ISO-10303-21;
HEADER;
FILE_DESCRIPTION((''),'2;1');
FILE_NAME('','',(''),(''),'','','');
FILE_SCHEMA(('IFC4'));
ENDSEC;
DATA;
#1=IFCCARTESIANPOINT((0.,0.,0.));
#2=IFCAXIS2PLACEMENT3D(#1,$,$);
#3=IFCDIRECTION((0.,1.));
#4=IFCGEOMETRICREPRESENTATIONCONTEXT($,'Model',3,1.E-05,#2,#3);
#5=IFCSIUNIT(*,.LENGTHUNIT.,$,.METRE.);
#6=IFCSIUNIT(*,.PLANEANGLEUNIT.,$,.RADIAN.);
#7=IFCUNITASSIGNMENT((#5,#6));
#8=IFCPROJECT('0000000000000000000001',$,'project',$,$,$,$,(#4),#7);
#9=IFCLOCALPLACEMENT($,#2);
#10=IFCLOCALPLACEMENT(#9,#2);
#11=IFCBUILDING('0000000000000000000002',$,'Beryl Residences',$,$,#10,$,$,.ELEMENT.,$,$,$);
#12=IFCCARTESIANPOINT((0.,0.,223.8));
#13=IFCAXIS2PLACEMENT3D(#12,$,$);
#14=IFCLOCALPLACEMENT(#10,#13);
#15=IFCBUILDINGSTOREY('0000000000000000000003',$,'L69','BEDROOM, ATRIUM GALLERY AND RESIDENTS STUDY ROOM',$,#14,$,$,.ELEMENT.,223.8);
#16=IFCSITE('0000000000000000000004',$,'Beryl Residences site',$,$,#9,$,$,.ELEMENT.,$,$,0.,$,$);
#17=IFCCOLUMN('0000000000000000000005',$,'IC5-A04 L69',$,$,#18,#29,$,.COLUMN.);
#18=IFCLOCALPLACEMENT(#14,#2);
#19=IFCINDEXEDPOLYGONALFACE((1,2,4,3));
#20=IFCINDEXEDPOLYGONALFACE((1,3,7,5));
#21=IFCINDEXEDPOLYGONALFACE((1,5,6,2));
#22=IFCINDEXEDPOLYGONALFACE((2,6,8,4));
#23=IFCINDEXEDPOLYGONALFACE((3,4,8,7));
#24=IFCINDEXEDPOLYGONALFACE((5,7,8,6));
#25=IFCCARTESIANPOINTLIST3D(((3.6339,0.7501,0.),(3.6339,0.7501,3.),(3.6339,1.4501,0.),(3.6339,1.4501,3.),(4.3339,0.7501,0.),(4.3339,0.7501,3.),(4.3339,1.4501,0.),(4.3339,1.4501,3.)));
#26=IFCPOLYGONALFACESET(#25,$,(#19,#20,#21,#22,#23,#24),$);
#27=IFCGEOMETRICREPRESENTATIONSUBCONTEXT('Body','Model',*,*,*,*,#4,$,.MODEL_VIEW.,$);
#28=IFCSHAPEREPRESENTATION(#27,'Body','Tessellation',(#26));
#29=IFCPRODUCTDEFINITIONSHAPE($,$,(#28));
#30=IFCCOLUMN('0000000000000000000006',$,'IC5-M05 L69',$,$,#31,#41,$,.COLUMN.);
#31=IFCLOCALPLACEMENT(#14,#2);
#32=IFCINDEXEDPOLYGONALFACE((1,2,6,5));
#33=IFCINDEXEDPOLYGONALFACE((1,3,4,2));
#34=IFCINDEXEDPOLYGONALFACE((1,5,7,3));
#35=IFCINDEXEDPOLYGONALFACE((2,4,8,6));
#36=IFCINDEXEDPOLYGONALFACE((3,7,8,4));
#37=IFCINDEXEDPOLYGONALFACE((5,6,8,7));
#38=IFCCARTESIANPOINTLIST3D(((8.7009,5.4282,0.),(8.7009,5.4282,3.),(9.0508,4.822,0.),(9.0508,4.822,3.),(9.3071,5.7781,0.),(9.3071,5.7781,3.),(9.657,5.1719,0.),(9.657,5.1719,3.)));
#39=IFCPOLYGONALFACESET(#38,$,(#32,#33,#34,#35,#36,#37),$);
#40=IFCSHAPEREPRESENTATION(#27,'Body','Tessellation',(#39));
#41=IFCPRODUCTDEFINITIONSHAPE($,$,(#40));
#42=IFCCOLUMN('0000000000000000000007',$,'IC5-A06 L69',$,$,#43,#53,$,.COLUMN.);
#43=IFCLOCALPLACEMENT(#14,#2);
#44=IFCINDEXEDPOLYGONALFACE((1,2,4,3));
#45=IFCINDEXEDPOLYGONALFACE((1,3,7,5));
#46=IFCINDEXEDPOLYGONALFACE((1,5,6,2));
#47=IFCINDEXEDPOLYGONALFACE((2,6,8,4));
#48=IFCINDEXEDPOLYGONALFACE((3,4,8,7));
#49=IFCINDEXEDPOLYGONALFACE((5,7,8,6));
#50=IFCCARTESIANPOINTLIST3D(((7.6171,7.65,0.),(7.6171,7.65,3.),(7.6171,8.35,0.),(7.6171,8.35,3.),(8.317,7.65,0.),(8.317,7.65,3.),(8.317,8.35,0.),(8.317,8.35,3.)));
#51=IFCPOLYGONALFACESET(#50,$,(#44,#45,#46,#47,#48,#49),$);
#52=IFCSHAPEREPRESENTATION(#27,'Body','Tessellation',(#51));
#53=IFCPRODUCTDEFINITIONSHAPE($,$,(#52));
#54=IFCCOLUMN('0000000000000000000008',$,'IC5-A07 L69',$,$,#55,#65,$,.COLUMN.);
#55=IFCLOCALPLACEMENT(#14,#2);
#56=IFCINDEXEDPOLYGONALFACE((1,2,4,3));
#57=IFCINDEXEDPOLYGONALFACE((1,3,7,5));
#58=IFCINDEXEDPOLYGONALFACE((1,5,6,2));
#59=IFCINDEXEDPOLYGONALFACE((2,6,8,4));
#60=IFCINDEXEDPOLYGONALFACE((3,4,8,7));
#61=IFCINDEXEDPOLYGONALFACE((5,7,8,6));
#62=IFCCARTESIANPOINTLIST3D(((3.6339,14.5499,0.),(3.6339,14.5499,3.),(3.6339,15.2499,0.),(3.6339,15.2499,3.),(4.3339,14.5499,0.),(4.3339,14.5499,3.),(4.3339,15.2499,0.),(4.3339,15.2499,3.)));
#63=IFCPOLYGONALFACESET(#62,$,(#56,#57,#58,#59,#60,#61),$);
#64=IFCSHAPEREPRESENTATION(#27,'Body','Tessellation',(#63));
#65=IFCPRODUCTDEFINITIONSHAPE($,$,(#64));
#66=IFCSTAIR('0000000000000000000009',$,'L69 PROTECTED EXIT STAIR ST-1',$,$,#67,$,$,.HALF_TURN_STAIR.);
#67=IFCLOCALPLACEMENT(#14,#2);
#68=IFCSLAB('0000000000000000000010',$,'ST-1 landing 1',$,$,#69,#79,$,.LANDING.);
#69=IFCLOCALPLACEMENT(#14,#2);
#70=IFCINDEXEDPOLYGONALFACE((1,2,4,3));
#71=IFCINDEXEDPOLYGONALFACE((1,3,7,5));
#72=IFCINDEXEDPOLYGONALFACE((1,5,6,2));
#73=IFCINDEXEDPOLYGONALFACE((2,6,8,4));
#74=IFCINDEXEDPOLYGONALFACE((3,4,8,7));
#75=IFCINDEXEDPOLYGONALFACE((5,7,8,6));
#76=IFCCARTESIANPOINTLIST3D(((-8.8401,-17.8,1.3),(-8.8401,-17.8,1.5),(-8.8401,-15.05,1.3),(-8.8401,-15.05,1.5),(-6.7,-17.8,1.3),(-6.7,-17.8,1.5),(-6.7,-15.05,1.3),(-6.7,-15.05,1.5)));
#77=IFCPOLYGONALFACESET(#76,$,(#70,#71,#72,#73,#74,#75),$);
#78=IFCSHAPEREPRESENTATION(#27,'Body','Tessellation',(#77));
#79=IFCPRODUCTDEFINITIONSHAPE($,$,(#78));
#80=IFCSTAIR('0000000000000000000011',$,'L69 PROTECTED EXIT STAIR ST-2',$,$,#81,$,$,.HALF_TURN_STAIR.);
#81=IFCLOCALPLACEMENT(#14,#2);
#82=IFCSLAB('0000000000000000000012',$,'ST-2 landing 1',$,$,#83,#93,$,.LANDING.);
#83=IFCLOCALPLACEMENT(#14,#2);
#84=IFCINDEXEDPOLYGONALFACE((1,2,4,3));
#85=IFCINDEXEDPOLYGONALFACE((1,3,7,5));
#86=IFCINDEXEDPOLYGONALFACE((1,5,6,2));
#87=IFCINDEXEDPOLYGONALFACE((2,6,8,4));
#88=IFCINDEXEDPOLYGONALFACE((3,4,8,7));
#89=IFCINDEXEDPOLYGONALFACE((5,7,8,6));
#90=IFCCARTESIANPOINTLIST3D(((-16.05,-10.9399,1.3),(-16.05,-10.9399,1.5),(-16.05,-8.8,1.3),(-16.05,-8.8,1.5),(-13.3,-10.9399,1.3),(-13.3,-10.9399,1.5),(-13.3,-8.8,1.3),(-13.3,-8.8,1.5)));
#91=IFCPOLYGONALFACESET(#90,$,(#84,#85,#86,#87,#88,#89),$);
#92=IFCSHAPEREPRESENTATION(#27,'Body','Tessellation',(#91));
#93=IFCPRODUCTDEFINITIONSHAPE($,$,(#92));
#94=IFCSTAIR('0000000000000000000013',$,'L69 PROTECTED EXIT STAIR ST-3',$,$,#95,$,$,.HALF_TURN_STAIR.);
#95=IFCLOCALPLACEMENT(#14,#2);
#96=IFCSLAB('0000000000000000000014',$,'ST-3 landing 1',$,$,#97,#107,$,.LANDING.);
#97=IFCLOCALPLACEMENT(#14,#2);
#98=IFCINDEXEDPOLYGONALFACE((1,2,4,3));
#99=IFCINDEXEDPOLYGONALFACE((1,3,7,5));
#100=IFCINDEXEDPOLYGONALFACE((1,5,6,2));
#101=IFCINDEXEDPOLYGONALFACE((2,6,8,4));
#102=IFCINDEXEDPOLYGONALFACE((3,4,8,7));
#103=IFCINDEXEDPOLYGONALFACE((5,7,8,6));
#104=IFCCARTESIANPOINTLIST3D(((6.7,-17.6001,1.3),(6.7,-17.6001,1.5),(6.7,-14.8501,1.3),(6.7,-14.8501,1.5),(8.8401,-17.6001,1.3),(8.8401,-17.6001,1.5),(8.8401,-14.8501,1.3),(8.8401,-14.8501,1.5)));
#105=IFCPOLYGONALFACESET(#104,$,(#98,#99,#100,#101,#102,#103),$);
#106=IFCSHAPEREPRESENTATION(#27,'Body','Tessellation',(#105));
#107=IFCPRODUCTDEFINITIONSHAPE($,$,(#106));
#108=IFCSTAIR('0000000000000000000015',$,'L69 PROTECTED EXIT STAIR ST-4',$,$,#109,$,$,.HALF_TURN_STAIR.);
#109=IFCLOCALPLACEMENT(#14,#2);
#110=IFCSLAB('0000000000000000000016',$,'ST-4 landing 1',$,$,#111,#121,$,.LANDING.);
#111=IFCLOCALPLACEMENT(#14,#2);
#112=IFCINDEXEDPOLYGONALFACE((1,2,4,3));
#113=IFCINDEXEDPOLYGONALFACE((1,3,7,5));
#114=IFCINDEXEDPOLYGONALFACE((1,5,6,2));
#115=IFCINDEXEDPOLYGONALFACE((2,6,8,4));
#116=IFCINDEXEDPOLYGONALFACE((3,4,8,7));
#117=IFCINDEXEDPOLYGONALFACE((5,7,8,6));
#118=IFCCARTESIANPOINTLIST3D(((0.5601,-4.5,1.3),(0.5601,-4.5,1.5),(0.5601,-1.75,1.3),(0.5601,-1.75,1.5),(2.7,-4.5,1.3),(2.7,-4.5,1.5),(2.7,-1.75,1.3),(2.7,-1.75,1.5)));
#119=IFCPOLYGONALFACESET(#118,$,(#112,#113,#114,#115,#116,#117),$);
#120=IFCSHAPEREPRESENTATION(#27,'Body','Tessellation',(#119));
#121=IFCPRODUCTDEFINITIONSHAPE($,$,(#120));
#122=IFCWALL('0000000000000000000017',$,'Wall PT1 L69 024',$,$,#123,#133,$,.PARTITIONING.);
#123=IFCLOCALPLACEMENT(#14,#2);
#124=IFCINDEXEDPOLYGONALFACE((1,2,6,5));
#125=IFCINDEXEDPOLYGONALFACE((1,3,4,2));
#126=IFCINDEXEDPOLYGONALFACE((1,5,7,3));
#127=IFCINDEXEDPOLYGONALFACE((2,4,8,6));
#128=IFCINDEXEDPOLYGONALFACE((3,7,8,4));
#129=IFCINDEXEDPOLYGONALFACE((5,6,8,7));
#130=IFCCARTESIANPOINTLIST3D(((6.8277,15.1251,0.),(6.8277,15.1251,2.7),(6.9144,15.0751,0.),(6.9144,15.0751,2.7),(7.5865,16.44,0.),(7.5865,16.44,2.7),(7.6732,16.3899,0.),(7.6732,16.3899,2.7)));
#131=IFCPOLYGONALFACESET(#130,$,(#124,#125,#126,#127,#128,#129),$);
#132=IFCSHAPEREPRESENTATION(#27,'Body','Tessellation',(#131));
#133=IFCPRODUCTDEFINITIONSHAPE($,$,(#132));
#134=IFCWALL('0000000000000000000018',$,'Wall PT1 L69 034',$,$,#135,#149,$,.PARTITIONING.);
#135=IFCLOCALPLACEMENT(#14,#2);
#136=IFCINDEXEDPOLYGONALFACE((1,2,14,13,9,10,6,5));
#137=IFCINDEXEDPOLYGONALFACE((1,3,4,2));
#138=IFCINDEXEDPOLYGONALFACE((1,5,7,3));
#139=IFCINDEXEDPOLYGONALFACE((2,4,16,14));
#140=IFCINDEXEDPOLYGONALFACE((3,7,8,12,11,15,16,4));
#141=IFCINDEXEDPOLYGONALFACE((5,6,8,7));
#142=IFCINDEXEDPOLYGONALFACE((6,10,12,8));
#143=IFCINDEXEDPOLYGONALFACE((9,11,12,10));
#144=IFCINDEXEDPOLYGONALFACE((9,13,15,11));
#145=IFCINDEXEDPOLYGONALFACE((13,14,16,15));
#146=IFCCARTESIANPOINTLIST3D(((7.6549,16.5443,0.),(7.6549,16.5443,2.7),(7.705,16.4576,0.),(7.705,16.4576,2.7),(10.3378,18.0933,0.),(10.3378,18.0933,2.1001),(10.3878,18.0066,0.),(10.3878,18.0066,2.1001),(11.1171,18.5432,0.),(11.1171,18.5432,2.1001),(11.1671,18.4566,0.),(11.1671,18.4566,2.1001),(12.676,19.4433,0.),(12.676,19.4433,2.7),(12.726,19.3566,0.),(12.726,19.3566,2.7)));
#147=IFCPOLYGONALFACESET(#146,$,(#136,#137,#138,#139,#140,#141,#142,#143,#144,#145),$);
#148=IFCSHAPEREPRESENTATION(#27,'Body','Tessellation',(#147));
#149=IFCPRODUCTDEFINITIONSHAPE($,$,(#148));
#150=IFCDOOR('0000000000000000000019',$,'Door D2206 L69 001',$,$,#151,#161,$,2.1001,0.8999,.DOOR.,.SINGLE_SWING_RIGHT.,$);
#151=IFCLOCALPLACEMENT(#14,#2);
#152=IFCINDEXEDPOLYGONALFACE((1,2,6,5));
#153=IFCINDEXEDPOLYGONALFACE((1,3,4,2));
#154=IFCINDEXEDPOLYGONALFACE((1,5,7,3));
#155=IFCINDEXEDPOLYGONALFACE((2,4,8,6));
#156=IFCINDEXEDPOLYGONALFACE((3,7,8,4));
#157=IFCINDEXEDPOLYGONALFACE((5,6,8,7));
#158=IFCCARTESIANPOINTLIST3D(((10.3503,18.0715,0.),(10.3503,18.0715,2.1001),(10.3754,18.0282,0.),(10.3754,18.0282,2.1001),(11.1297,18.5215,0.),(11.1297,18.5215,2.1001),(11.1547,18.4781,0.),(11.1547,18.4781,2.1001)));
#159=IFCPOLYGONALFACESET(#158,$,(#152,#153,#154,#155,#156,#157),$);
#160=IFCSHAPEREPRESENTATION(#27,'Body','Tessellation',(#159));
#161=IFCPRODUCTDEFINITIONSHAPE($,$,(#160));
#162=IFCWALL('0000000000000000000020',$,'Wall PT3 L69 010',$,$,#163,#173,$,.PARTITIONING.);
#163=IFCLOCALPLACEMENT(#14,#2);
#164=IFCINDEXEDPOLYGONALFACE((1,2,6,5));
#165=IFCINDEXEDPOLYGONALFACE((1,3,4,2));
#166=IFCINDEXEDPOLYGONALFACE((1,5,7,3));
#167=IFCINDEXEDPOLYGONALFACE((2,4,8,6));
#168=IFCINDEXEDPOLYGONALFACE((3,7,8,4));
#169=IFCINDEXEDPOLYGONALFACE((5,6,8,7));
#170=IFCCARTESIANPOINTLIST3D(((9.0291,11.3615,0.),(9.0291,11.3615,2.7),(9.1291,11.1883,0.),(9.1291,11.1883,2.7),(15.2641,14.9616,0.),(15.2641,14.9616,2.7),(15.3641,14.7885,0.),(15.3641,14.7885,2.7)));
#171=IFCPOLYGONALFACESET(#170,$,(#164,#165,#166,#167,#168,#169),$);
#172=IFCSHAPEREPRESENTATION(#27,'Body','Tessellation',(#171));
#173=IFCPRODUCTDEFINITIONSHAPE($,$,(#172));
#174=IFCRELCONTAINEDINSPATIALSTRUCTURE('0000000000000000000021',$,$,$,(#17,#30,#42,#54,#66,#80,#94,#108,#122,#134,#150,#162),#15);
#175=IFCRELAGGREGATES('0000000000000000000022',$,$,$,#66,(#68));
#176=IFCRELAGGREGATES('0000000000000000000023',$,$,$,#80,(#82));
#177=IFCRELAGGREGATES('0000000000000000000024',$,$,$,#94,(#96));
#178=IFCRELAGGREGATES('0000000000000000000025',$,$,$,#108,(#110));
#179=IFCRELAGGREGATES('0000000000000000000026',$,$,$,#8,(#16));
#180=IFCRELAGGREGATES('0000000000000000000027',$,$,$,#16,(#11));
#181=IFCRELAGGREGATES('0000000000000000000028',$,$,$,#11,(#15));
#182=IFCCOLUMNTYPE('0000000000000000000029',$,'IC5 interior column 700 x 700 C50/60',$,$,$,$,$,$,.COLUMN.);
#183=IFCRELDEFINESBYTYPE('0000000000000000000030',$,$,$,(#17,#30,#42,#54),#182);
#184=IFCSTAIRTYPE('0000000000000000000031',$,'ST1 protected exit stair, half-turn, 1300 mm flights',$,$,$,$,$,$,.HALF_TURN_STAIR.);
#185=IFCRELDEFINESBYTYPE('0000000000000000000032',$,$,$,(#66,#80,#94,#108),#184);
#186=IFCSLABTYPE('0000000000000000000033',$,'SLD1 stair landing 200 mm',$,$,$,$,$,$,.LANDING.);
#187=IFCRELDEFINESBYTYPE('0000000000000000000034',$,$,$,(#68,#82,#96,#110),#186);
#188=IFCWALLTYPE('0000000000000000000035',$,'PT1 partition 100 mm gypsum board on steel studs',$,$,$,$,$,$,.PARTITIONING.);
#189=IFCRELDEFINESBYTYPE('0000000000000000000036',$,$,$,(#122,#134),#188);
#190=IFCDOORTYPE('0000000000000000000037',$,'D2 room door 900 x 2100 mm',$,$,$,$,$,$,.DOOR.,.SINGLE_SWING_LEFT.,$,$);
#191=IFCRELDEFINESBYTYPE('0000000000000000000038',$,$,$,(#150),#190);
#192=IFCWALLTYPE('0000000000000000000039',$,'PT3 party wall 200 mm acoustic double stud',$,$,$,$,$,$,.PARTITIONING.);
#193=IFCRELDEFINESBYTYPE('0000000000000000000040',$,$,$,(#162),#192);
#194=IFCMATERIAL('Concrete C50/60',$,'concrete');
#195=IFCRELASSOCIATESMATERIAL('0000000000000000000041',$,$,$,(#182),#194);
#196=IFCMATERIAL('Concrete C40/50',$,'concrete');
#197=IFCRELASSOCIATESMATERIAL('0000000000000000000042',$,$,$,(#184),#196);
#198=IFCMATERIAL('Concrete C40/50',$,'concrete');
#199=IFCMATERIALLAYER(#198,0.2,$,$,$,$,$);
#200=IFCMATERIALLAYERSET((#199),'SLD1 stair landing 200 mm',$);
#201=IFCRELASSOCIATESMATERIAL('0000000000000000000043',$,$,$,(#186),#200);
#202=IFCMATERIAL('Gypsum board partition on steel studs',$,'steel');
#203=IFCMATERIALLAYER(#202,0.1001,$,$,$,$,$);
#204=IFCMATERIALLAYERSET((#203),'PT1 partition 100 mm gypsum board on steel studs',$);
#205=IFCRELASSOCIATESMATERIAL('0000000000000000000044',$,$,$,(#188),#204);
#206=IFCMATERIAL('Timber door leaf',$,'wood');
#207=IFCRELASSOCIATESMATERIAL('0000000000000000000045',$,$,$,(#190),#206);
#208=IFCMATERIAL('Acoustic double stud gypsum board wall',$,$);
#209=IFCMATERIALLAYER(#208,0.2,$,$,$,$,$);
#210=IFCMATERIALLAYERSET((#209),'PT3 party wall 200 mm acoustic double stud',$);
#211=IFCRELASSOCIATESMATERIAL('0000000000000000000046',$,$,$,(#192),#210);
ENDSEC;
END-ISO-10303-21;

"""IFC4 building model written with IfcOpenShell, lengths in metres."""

from ifc_helpers import new_model, si_unit, direction, frame, frame_2d, origin, origin_2d, place, context, subcontext, project, spatial, polyline, rectangle, outline, extrude, material, layer, layer_set, material_profile, profile_set, type_object, element, fill, aggregate, save


model = new_model("IFC4")

# Units and contexts
model_context = context("Model", 3, precision=1e-05, world=origin(), true_north=direction((0.0, 1.0)))
body_context = subcontext(model_context, "Body", "Model", "MODEL_VIEW")
ifc_project = project(units=[si_unit("LENGTHUNIT", "METRE"), si_unit("PLANEANGLEUNIT", "RADIAN")], contexts=[model_context])

# Site, building, storey
site_placement = place(None, origin())
site = spatial("IfcSite", under=ifc_project, at=site_placement, Name="Beryl Residences site", CompositionType="ELEMENT", RefElevation=0.0)
building_placement = place(site_placement, origin())
building = spatial("IfcBuilding", under=site, at=building_placement, Name="Beryl Residences", CompositionType="ELEMENT")
storey_placement = place(building_placement, frame((0.0, 0.0, 223.8)))
storey = spatial("IfcBuildingStorey", under=building, at=storey_placement, Name="L69", Description="BEDROOM, ATRIUM GALLERY AND RESIDENTS STUDY ROOM", CompositionType="ELEMENT", Elevation=223.8)

# Columns
ifc_material_1 = material(Name="Concrete C50/60", Category="concrete")
ifc_material_profile = material_profile(ifc_material_1, rectangle(XDim=0.7, YDim=0.7, at=origin_2d()))
ifc_profile_set = profile_set([ifc_material_profile], Name="Concrete C50/60")
column_type = type_object("IfcColumnType", Name="IC5 interior column 700 x 700 C50/60", PredefinedType="COLUMN", material=ifc_profile_set)
for number, where, z_axis, x_axis, name in (
    (1, (3.9839, 1.1001, 0.0), (0.0, 0.0, 1.0), (1.0, 0.0, 0.0), "IC5-A04 L69"),
    (2, (9.179, 5.3, 0.0), (0.0, 0.0, 1.0), (-0.49997, 0.866043, 0.0), "IC5-M05 L69"),
    (3, (7.967, 8.0, 0.0), (0.0, 0.0, 1.0), (1.0, 0.0, 0.0), "IC5-A06 L69"),
    (4, (3.9839, 14.8999, 0.0), (0.0, 0.0, 1.0), (1.0, 0.0, 0.0), "IC5-A07 L69"),
):
    element("IfcColumn", number, at=place(storey_placement, frame(where, z_axis=z_axis, x_axis=x_axis)), inside=storey, type_object=column_type, Name=name, PredefinedType="COLUMN", context=body_context, shape_type="SweptSolid", body=[
        extrude(rectangle(XDim=0.7, YDim=0.7, at=origin_2d()), origin(), (0.0, 0.0, 1.0), 3.0),
    ])

# Stairs, slabs
ifc_material_2 = material(Name="Concrete C40/50", Category="concrete")
stair_type = type_object("IfcStairType", Name="ST1 protected exit stair, half-turn, 1300 mm flights", PredefinedType="HALF_TURN_STAIR", material=ifc_material_2)
stair_1_placement = place(storey_placement, origin())
stair_1 = element("IfcStair", 5, at=stair_1_placement, inside=storey, type_object=stair_type, Name="L69 PROTECTED EXIT STAIR ST-1", PredefinedType="HALF_TURN_STAIR")
ifc_material_3 = material(Name="Concrete C40/50", Category="concrete")
ifc_layer_1 = layer(ifc_material_3, 0.2)
ifc_layer_set_1 = layer_set([ifc_layer_1], Name="SLD1 stair landing 200 mm")
slab_type_1 = type_object("IfcSlabType", Name="SLD1 stair landing 200 mm", PredefinedType="LANDING", material=ifc_layer_set_1)
slab_1_placement = place(storey_placement, frame((0.0, 0.0, 1.3)))
slab_1 = element("IfcSlab", 6, at=slab_1_placement, type_object=slab_type_1, Name="ST-1 landing 1", PredefinedType="LANDING", context=body_context, shape_type="SweptSolid", body=[
    extrude(outline(polyline([(-8.8401, -17.8), (-6.7, -17.8), (-6.7, -15.05), (-8.8401, -15.05), (-8.8401, -17.8)])), origin(), (0.0, 0.0, 1.0), 0.2),
])
aggregate(stair_1, [slab_1])
stair_2_placement = place(storey_placement, origin())
stair_2 = element("IfcStair", 7, at=stair_2_placement, inside=storey, type_object=stair_type, Name="L69 PROTECTED EXIT STAIR ST-2", PredefinedType="HALF_TURN_STAIR")
slab_2_placement = place(storey_placement, frame((0.0, 0.0, 1.3)))
slab_2 = element("IfcSlab", 8, at=slab_2_placement, type_object=slab_type_1, Name="ST-2 landing 1", PredefinedType="LANDING", context=body_context, shape_type="SweptSolid", body=[
    extrude(outline(polyline([(-13.3, -10.9399), (-13.3, -8.8), (-16.05, -8.8), (-16.05, -10.9399), (-13.3, -10.9399)])), origin(), (0.0, 0.0, 1.0), 0.2),
])
aggregate(stair_2, [slab_2])
stair_3_placement = place(storey_placement, origin())
stair_3 = element("IfcStair", 9, at=stair_3_placement, inside=storey, type_object=stair_type, Name="L69 PROTECTED EXIT STAIR ST-3", PredefinedType="HALF_TURN_STAIR")
slab_3_placement = place(storey_placement, frame((0.0, 0.0, 1.3)))
slab_3 = element("IfcSlab", 10, at=slab_3_placement, type_object=slab_type_1, Name="ST-3 landing 1", PredefinedType="LANDING", context=body_context, shape_type="SweptSolid", body=[
    extrude(outline(polyline([(8.8401, -14.8501), (6.7, -14.8501), (6.7, -17.6001), (8.8401, -17.6001), (8.8401, -14.8501)])), origin(), (0.0, 0.0, 1.0), 0.2),
])
aggregate(stair_3, [slab_3])
stair_4_placement = place(storey_placement, origin())
stair_4 = element("IfcStair", 11, at=stair_4_placement, inside=storey, type_object=stair_type, Name="L69 PROTECTED EXIT STAIR ST-4", PredefinedType="HALF_TURN_STAIR")
slab_4_placement = place(storey_placement, frame((0.0, 0.0, 1.3)))
slab_4 = element("IfcSlab", 12, at=slab_4_placement, type_object=slab_type_1, Name="ST-4 landing 1", PredefinedType="LANDING", context=body_context, shape_type="SweptSolid", body=[
    extrude(outline(polyline([(0.5601, -4.5), (2.7, -4.5), (2.7, -1.75), (0.5601, -1.75), (0.5601, -4.5)])), origin(), (0.0, 0.0, 1.0), 0.2),
])
aggregate(stair_4, [slab_4])

# Wall
ifc_material_4 = material(Name="Gypsum board partition on steel studs", Category="steel")
ifc_layer_2 = layer(ifc_material_4, 0.1001)
ifc_layer_set_2 = layer_set([ifc_layer_2], Name="PT1 partition 100 mm gypsum board on steel studs")
wall_type_1 = type_object("IfcWallType", Name="PT1 partition 100 mm gypsum board on steel studs", PredefinedType="PARTITIONING", material=ifc_layer_set_2)
wall_1_placement = place(storey_placement, frame((6.8711, 15.1001, 0.0), z_axis=(0.0, 0.0, 1.0), x_axis=(0.499806, 0.866137, 0.0)))
element("IfcWall", 13, at=wall_1_placement, inside=storey, type_object=wall_type_1, Name="Wall PT1 L69 024", PredefinedType="PARTITIONING", context=body_context, shape_type="SweptSolid", body=[
    extrude(rectangle(XDim=1.5181, YDim=0.1001, at=frame_2d((0.759, 0.0))), origin(), (0.0, 0.0, 1.0), 2.7),
])

# Wall, opening, door
wall_2_placement = place(storey_placement, frame((7.6799, 16.501, 0.0), z_axis=(0.0, 0.0, 1.0), x_axis=(0.866021, 0.500007, 0.0)))
wall_2 = element("IfcWall", 14, at=wall_2_placement, inside=storey, type_object=wall_type_1, Name="Wall PT1 L69 034", PredefinedType="PARTITIONING", context=body_context, shape_type="SweptSolid", body=[
    extrude(rectangle(XDim=5.7979, YDim=0.1001, at=frame_2d((2.8989, 0.0))), origin(), (0.0, 0.0, 1.0), 2.7),
])
opening_1_placement = place(wall_2_placement, frame((3.0979, 0.0, 0.0)))
opening_1 = element("IfcOpeningElement", 15, at=opening_1_placement, cuts=wall_2, PredefinedType="OPENING", context=body_context, shape_type="SweptSolid", body=[
    extrude(rectangle(XDim=0.8999, YDim=2.1001, at=frame_2d((0.45, 1.05))), frame((0.0, 0.0601, 0.0), z_axis=(0.0, -1.0, 0.0), x_axis=(1.0, 0.0, 0.0)), (0.0, 0.0, 1.0), 0.1201),
])
ifc_material_5 = material(Name="Timber door leaf", Category="wood")
door_type_1 = type_object("IfcDoorType", Name="D2 room door 900 x 2100 mm", OperationType="SINGLE_SWING_LEFT", PredefinedType="DOOR", material=ifc_material_5)
door_1_placement = place(opening_1_placement, origin())
door_1 = element("IfcDoor", 16, at=door_1_placement, inside=storey, type_object=door_type_1, Name="Door D2206 L69 001", OperationType="SINGLE_SWING_RIGHT", OverallHeight=2.1001, OverallWidth=0.8999, PredefinedType="DOOR", context=body_context, shape_type="SweptSolid", body=[
    extrude(rectangle(XDim=0.8999, YDim=2.1001, at=frame_2d((0.45, 1.05))), frame((0.0, 0.0249, 0.0), z_axis=(0.0, -1.0, 0.0), x_axis=(1.0, 0.0, 0.0)), (0.0, 0.0, 1.0), 0.05),
])
fill(opening_1, door_1)

# Wall
ifc_material_6 = material(Name="Acoustic double stud gypsum board wall")
ifc_layer_3 = layer(ifc_material_6, 0.2)
ifc_layer_set_3 = layer_set([ifc_layer_3], Name="PT3 party wall 200 mm acoustic double stud")
wall_type_2 = type_object("IfcWallType", Name="PT3 party wall 200 mm acoustic double stud", PredefinedType="PARTITIONING", material=ifc_layer_set_3)
wall_3_placement = place(storey_placement, frame((9.0791, 11.2749, 0.0), z_axis=(0.0, 0.0, 1.0), x_axis=(0.866001, 0.500041, 0.0)))
element("IfcWall", 17, at=wall_3_placement, inside=storey, type_object=wall_type_2, Name="Wall PT3 L69 010", PredefinedType="PARTITIONING", context=body_context, shape_type="SweptSolid", body=[
    extrude(rectangle(XDim=7.1997, YDim=0.2, at=frame_2d((3.5999, 0.0))), origin(), (0.0, 0.0, 1.0), 2.7),
])

save(model, "model.ifc")
